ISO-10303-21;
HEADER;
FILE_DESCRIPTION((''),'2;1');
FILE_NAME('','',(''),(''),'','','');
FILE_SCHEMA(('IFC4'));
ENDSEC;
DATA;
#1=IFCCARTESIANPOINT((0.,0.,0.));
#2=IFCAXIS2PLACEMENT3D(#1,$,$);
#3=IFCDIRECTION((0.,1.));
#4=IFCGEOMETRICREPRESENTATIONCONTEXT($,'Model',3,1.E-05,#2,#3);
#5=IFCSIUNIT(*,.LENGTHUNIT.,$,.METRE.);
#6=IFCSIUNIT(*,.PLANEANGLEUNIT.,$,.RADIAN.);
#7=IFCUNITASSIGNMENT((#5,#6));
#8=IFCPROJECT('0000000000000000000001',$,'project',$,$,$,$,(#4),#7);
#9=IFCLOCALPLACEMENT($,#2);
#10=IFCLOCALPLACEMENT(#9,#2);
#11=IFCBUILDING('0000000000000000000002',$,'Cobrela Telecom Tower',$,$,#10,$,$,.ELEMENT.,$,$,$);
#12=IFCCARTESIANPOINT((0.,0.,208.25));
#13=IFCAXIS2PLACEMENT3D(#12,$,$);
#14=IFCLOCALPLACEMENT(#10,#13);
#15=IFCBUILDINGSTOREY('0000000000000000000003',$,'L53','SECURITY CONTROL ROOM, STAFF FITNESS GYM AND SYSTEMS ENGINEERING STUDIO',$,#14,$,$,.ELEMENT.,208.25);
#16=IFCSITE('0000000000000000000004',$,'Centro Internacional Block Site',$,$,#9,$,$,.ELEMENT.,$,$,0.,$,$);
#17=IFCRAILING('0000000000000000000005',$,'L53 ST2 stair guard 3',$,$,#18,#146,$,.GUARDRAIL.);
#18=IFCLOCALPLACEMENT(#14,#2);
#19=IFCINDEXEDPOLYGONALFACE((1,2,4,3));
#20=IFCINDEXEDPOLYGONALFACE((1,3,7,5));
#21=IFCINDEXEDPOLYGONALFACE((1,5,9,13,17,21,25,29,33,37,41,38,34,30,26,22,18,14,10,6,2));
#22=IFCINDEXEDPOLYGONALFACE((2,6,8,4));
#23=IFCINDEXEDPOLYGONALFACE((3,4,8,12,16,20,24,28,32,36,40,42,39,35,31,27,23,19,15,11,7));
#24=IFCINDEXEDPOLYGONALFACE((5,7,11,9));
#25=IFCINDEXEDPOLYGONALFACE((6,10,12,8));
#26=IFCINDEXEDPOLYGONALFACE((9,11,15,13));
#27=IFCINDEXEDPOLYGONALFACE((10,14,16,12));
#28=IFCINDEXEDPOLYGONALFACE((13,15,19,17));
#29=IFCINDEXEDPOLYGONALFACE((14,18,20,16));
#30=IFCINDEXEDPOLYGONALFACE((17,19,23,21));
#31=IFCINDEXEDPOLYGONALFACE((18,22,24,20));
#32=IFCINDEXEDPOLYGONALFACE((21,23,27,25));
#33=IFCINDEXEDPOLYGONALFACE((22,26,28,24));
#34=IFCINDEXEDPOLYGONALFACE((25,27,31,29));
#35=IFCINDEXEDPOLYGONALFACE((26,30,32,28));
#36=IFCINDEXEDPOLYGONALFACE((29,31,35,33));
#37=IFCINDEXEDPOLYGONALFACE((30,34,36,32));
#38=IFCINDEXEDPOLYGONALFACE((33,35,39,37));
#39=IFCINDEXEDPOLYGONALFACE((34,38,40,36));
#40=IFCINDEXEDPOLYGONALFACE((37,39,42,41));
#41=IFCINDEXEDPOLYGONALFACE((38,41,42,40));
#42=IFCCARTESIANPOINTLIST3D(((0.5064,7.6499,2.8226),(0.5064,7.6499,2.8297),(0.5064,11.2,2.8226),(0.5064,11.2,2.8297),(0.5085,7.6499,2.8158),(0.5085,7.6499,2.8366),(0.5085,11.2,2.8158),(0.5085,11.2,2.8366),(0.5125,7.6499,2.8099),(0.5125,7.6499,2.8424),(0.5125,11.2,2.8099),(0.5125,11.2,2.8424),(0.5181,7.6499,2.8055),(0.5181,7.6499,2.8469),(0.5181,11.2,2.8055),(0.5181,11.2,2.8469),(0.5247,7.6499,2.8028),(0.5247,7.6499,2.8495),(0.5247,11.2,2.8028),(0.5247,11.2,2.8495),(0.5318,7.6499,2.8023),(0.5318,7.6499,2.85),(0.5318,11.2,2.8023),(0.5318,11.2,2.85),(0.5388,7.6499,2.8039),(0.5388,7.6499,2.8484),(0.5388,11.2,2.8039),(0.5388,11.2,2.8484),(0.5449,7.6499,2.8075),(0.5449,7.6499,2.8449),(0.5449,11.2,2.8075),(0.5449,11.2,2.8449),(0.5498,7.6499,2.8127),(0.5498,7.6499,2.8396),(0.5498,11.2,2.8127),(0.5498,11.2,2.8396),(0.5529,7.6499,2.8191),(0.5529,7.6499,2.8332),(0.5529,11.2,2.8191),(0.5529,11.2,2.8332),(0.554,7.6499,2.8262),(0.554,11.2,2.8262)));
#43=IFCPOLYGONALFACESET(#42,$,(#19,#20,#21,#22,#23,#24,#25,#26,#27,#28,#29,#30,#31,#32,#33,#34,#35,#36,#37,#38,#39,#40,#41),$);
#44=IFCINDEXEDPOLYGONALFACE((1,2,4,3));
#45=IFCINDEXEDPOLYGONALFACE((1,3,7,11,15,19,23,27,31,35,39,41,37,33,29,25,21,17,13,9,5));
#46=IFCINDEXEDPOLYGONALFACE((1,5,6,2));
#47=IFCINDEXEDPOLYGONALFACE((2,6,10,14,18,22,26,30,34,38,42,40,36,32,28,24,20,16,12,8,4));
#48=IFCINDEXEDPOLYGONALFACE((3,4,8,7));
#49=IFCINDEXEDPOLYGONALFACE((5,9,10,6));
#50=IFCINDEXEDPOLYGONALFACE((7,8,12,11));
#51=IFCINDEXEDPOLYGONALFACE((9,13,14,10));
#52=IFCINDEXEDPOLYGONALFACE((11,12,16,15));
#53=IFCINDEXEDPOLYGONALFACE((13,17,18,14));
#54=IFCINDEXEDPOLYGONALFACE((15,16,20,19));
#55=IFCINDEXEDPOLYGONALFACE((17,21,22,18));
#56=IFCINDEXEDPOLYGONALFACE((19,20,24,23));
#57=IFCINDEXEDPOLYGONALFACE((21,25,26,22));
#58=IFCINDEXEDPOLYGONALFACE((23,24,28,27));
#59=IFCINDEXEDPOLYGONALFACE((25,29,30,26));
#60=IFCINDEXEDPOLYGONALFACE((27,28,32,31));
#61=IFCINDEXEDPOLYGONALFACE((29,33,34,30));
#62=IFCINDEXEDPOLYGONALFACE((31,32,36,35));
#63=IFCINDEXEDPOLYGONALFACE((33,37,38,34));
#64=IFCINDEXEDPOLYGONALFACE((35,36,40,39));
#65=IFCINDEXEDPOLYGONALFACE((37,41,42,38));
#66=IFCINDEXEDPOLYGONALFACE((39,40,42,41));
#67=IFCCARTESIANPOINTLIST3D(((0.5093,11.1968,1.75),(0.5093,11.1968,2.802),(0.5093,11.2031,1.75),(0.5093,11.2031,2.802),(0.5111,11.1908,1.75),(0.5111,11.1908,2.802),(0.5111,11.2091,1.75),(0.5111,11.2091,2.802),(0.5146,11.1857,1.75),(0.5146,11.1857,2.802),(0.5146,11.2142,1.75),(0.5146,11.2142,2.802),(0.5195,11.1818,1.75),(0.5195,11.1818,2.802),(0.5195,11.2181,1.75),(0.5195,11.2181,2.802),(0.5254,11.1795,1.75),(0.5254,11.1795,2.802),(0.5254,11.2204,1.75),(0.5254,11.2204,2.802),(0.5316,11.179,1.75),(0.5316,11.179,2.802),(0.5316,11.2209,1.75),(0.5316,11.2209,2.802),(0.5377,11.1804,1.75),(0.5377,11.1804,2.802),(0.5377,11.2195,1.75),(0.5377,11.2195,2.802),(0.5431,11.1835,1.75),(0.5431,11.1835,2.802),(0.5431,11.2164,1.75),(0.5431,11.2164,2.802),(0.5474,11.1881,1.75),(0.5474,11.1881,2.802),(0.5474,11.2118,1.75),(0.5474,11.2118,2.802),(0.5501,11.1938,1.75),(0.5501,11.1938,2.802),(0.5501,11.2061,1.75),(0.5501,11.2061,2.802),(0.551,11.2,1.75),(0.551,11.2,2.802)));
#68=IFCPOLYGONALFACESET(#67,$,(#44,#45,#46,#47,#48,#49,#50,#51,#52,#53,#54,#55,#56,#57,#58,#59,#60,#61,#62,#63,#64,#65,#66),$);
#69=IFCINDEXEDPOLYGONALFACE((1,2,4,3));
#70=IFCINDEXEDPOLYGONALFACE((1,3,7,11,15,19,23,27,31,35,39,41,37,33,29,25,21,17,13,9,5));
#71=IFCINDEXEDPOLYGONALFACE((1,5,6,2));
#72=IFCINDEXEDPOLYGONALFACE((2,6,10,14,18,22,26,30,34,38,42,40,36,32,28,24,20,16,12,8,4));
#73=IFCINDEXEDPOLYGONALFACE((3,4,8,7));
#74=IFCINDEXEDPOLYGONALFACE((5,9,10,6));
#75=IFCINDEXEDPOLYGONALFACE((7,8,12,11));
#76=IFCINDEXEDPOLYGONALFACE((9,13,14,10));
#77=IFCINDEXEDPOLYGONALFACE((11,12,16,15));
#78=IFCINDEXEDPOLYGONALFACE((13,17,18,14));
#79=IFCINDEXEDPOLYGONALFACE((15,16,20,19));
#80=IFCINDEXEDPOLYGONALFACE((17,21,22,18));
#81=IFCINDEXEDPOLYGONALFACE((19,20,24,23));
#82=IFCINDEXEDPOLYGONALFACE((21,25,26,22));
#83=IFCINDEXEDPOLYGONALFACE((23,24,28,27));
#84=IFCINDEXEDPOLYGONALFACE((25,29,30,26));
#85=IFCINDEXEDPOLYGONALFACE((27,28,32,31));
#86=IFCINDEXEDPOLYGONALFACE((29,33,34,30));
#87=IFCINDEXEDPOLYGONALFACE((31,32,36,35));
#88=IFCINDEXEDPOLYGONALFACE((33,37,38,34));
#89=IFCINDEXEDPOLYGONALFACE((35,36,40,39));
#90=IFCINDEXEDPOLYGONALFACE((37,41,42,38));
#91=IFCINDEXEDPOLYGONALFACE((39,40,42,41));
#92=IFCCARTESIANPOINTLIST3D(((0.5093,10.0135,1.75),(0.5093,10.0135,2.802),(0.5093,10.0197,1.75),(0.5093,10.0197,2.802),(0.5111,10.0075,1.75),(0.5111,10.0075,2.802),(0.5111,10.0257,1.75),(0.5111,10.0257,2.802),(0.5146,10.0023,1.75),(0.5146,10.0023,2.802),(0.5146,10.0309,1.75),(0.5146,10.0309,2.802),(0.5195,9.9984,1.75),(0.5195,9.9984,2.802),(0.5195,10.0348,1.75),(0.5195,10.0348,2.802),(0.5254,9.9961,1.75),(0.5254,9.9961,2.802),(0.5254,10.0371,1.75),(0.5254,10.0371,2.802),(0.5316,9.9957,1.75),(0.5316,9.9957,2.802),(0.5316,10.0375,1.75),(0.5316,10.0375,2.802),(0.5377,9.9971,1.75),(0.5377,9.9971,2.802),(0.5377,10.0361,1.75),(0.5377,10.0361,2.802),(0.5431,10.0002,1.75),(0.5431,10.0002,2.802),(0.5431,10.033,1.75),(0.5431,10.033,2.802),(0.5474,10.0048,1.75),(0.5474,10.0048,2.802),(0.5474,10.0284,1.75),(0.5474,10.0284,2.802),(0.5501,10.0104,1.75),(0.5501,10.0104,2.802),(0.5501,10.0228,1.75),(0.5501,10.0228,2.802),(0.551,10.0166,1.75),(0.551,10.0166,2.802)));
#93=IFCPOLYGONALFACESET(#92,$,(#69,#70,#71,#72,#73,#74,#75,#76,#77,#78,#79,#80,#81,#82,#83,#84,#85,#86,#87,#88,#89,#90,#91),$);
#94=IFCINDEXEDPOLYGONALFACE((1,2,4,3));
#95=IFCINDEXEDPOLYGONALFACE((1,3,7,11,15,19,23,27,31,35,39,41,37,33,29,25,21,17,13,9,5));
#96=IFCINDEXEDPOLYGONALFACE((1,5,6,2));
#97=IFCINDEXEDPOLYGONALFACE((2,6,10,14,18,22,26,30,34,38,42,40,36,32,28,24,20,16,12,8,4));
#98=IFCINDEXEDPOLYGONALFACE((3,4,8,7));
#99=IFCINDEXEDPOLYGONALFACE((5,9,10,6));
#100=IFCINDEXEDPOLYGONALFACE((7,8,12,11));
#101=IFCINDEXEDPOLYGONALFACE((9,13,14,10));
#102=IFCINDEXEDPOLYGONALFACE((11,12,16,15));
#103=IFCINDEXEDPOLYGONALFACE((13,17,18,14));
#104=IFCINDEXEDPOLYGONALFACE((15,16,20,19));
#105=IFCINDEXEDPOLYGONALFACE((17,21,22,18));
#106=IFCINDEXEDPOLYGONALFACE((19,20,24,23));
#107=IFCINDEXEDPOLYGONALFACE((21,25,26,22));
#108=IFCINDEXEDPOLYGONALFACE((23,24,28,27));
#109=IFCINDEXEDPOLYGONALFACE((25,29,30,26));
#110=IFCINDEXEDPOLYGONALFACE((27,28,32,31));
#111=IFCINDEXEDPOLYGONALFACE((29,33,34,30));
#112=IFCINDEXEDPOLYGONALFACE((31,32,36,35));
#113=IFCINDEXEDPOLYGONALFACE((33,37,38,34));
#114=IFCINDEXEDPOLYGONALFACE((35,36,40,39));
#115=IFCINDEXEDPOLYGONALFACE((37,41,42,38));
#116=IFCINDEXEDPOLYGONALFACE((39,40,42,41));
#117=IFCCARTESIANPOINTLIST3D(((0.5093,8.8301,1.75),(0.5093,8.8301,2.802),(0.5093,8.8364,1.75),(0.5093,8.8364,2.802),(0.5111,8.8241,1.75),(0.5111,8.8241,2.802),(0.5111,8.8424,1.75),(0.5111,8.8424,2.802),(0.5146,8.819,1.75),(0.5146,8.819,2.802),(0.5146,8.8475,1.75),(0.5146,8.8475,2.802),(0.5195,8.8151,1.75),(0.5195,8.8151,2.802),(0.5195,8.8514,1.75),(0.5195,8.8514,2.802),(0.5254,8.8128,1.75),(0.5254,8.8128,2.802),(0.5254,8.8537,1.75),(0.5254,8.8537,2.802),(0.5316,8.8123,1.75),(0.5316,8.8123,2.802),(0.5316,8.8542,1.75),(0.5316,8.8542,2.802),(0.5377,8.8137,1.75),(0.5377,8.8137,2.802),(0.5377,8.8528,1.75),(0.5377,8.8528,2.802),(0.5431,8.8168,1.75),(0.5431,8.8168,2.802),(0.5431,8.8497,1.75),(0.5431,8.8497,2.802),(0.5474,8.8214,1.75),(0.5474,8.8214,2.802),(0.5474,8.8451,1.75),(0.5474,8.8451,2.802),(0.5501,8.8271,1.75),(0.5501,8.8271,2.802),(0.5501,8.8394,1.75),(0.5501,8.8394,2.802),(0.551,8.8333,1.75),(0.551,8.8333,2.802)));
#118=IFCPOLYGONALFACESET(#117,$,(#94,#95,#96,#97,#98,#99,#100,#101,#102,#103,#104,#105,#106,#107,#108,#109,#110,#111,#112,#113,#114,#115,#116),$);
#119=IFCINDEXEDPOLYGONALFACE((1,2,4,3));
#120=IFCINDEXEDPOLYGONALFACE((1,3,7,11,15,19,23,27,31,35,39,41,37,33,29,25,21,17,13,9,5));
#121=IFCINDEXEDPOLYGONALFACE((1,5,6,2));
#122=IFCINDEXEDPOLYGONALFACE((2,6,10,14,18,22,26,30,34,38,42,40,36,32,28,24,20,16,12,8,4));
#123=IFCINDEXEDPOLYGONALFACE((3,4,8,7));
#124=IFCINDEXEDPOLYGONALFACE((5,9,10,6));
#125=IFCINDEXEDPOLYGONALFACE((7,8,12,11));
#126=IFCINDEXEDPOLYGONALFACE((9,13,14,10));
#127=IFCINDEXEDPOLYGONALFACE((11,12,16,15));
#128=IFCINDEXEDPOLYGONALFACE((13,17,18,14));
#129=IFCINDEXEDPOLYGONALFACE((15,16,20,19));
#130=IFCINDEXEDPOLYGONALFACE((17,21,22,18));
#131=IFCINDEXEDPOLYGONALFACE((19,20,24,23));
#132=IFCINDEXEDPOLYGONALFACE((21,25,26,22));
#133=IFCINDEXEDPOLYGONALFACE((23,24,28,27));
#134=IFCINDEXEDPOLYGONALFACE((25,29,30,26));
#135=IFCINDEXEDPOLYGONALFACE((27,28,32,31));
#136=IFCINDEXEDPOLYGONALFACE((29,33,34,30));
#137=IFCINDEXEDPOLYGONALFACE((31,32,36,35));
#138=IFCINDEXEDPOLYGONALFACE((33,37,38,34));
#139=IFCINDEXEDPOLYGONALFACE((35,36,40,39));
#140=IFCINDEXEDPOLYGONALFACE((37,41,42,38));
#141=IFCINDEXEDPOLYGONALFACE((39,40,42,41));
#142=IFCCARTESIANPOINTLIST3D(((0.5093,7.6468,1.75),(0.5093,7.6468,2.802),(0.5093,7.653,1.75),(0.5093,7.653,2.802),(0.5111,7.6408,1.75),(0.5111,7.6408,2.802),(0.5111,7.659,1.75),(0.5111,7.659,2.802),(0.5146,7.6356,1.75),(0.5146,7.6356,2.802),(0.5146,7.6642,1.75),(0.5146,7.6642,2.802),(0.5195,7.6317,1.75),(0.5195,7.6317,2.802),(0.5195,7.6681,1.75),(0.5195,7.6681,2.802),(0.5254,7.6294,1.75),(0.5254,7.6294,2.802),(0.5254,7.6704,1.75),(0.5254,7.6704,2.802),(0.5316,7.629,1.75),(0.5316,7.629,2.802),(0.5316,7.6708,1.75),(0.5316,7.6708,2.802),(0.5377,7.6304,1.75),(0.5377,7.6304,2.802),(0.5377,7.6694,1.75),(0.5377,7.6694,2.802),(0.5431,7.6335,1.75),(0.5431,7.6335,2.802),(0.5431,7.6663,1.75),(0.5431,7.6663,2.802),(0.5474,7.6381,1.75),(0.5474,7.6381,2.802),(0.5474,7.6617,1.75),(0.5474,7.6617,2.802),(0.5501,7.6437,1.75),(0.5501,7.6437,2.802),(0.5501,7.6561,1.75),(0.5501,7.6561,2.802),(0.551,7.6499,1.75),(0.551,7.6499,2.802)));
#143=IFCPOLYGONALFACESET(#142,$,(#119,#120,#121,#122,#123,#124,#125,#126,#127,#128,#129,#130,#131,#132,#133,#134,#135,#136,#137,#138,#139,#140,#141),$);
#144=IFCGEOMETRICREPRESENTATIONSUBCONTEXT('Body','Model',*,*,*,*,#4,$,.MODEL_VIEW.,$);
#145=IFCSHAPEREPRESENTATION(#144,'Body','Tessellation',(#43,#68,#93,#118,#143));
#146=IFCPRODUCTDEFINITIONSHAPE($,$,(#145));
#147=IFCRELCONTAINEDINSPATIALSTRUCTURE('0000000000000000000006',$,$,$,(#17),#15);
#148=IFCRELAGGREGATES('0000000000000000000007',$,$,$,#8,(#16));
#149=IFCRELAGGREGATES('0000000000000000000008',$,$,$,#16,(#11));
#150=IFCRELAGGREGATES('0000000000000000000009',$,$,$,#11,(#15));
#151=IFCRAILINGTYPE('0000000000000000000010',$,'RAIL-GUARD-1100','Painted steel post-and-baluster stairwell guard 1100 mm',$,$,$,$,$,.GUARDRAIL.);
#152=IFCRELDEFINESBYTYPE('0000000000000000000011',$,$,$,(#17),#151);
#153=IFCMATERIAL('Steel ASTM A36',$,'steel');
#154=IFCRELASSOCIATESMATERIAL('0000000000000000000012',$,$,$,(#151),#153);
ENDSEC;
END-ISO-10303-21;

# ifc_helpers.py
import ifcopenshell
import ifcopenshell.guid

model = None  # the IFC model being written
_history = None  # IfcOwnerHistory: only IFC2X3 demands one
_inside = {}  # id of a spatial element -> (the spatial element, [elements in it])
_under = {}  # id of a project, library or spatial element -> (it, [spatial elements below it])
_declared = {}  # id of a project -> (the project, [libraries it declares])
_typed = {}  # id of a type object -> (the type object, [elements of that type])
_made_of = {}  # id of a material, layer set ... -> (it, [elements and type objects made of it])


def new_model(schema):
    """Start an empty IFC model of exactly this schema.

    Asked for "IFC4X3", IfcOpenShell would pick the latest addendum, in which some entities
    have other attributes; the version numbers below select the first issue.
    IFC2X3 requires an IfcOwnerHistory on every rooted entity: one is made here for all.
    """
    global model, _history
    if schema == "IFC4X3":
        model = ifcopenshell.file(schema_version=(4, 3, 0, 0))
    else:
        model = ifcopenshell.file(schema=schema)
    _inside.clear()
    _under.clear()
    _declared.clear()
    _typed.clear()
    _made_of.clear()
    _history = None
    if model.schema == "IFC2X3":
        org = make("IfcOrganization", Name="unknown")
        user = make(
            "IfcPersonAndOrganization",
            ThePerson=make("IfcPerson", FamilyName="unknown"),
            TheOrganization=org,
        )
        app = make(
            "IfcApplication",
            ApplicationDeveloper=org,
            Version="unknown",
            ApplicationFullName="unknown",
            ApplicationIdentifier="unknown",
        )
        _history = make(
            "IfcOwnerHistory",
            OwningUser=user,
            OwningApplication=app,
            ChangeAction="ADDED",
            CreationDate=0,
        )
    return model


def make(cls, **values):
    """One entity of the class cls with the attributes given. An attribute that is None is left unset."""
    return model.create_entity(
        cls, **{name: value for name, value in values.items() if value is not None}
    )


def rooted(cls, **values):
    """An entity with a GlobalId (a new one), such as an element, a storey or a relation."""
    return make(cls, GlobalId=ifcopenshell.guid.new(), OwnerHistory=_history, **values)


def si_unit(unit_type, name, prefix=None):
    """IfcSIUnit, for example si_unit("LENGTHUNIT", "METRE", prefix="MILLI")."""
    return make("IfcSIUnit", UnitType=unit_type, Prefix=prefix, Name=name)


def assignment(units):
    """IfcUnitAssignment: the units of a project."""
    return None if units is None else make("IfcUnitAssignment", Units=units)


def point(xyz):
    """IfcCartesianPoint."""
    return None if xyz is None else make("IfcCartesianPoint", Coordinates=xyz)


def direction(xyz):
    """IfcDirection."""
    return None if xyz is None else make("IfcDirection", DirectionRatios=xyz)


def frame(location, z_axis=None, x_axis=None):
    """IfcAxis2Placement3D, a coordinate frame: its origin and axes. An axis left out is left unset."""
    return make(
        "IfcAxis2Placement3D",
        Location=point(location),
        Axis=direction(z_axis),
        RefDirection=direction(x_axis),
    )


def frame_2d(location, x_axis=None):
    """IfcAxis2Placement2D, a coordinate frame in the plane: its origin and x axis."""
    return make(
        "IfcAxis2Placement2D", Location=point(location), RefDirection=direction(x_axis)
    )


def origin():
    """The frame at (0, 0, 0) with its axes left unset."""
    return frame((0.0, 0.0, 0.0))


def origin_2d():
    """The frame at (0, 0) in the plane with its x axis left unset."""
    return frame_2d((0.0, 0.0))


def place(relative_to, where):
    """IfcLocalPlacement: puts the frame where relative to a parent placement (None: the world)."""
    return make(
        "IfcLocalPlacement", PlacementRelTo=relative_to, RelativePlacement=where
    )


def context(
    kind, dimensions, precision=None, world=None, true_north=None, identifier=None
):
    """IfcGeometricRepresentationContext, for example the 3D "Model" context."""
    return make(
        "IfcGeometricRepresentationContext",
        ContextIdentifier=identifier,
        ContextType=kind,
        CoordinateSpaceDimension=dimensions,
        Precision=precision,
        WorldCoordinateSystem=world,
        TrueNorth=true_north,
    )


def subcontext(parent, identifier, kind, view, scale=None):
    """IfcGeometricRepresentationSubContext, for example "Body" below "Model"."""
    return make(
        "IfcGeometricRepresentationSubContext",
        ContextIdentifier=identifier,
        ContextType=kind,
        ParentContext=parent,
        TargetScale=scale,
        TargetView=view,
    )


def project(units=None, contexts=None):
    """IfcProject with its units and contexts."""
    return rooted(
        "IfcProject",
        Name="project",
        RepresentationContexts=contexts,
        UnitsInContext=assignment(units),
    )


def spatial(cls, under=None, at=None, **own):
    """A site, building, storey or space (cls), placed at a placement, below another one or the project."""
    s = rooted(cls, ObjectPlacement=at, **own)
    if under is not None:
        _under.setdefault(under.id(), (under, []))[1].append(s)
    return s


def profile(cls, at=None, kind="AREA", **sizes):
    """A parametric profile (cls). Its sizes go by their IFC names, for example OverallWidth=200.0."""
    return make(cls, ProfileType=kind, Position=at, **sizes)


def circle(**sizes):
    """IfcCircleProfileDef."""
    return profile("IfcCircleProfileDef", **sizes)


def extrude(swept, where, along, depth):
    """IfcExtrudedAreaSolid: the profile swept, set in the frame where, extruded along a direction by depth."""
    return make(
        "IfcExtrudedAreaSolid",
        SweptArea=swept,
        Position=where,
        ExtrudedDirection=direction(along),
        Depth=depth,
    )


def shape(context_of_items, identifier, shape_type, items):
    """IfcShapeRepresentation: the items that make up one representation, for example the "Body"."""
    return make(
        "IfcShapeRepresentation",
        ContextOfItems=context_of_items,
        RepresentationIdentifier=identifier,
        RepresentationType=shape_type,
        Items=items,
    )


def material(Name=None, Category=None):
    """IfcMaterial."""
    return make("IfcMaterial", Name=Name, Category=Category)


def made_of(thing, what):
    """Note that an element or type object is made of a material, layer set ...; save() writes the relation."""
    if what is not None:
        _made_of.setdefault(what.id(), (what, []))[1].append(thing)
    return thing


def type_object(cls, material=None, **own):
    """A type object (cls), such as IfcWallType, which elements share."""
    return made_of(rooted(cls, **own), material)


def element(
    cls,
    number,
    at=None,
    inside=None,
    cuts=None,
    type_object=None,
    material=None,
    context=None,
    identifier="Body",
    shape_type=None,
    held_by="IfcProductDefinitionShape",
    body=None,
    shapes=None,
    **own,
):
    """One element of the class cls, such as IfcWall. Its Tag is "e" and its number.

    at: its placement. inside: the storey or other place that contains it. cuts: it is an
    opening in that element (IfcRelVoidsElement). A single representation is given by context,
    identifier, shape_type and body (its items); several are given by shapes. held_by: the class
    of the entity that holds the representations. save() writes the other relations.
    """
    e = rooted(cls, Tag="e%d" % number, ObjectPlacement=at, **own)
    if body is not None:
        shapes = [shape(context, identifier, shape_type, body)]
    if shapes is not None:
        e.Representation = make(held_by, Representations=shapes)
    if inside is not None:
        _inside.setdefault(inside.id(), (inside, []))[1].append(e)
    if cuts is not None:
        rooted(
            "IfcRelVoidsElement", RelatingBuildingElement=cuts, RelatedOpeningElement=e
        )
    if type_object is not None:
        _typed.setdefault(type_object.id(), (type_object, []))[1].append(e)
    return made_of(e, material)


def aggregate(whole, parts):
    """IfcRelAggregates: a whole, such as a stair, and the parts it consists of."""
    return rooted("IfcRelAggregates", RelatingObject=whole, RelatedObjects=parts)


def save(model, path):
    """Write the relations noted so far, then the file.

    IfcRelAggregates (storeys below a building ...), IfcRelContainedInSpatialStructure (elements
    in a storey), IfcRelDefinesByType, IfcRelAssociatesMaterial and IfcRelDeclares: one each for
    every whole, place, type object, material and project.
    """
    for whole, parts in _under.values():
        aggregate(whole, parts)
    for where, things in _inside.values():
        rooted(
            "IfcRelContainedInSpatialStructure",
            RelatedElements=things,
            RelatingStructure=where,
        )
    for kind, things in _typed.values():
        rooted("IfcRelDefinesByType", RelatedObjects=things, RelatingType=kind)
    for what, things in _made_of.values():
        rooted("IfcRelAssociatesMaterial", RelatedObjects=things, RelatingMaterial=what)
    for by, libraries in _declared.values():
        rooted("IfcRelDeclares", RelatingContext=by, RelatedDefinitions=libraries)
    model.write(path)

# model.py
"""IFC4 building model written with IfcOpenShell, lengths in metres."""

from ifc_helpers import new_model, si_unit, direction, frame, origin, origin_2d, place, context, subcontext, project, spatial, circle, extrude, material, type_object, element, save


model = new_model("IFC4")

# Units and contexts
model_context = context("Model", 3, precision=1e-05, world=origin(), true_north=direction((0.0, 1.0)))
body_context = subcontext(model_context, "Body", "Model", "MODEL_VIEW")
ifc_project = project(units=[si_unit("LENGTHUNIT", "METRE"), si_unit("PLANEANGLEUNIT", "RADIAN")], contexts=[model_context])

# Site, building, storey
site_placement = place(None, origin())
site = spatial("IfcSite", under=ifc_project, at=site_placement, Name="Centro Internacional Block Site", CompositionType="ELEMENT", RefElevation=0.0)
building_placement = place(site_placement, origin())
building = spatial("IfcBuilding", under=site, at=building_placement, Name="Cobrela Telecom Tower", CompositionType="ELEMENT")
storey_placement = place(building_placement, frame((0.0, 0.0, 208.25)))
storey = spatial("IfcBuildingStorey", under=building, at=storey_placement, Name="L53", Description="SECURITY CONTROL ROOM, STAFF FITNESS GYM AND SYSTEMS ENGINEERING STUDIO", CompositionType="ELEMENT", Elevation=208.25)

# Shared definitions
ifc_material_1 = material(Name="Steel ASTM A36", Category="steel")

# Railing
railing_type = type_object("IfcRailingType", Name="RAIL-GUARD-1100", Description="Painted steel post-and-baluster stairwell guard 1100 mm", PredefinedType="GUARDRAIL", material=ifc_material_1)
railing_1_placement = place(storey_placement, frame((0.53, 11.2, 1.75)))
element("IfcRailing", 1, at=railing_1_placement, inside=storey, type_object=railing_type, Name="L53 ST2 stair guard 3", PredefinedType="GUARDRAIL", context=body_context, shape_type="SweptSolid", body=[
    extrude(circle(Radius=0.0239, at=origin_2d()), frame((0.0, 0.0, 1.0762), z_axis=(0.0, -1.0, 0.0), x_axis=(1.0, 0.0, 0.0)), (0.0, 0.0, 1.0), 3.55),
    extrude(circle(Radius=0.021, at=origin_2d()), origin(), (0.0, 0.0, 1.0), 1.052),
    extrude(circle(Radius=0.021, at=origin_2d()), frame((0.0, -1.1833, 0.0)), (0.0, 0.0, 1.0), 1.052),
    extrude(circle(Radius=0.021, at=origin_2d()), frame((0.0, -2.3667, 0.0)), (0.0, 0.0, 1.0), 1.052),
    extrude(circle(Radius=0.021, at=origin_2d()), frame((0.0, -3.55, 0.0)), (0.0, 0.0, 1.0), 1.052),
])

save(model, "model.ifc")
